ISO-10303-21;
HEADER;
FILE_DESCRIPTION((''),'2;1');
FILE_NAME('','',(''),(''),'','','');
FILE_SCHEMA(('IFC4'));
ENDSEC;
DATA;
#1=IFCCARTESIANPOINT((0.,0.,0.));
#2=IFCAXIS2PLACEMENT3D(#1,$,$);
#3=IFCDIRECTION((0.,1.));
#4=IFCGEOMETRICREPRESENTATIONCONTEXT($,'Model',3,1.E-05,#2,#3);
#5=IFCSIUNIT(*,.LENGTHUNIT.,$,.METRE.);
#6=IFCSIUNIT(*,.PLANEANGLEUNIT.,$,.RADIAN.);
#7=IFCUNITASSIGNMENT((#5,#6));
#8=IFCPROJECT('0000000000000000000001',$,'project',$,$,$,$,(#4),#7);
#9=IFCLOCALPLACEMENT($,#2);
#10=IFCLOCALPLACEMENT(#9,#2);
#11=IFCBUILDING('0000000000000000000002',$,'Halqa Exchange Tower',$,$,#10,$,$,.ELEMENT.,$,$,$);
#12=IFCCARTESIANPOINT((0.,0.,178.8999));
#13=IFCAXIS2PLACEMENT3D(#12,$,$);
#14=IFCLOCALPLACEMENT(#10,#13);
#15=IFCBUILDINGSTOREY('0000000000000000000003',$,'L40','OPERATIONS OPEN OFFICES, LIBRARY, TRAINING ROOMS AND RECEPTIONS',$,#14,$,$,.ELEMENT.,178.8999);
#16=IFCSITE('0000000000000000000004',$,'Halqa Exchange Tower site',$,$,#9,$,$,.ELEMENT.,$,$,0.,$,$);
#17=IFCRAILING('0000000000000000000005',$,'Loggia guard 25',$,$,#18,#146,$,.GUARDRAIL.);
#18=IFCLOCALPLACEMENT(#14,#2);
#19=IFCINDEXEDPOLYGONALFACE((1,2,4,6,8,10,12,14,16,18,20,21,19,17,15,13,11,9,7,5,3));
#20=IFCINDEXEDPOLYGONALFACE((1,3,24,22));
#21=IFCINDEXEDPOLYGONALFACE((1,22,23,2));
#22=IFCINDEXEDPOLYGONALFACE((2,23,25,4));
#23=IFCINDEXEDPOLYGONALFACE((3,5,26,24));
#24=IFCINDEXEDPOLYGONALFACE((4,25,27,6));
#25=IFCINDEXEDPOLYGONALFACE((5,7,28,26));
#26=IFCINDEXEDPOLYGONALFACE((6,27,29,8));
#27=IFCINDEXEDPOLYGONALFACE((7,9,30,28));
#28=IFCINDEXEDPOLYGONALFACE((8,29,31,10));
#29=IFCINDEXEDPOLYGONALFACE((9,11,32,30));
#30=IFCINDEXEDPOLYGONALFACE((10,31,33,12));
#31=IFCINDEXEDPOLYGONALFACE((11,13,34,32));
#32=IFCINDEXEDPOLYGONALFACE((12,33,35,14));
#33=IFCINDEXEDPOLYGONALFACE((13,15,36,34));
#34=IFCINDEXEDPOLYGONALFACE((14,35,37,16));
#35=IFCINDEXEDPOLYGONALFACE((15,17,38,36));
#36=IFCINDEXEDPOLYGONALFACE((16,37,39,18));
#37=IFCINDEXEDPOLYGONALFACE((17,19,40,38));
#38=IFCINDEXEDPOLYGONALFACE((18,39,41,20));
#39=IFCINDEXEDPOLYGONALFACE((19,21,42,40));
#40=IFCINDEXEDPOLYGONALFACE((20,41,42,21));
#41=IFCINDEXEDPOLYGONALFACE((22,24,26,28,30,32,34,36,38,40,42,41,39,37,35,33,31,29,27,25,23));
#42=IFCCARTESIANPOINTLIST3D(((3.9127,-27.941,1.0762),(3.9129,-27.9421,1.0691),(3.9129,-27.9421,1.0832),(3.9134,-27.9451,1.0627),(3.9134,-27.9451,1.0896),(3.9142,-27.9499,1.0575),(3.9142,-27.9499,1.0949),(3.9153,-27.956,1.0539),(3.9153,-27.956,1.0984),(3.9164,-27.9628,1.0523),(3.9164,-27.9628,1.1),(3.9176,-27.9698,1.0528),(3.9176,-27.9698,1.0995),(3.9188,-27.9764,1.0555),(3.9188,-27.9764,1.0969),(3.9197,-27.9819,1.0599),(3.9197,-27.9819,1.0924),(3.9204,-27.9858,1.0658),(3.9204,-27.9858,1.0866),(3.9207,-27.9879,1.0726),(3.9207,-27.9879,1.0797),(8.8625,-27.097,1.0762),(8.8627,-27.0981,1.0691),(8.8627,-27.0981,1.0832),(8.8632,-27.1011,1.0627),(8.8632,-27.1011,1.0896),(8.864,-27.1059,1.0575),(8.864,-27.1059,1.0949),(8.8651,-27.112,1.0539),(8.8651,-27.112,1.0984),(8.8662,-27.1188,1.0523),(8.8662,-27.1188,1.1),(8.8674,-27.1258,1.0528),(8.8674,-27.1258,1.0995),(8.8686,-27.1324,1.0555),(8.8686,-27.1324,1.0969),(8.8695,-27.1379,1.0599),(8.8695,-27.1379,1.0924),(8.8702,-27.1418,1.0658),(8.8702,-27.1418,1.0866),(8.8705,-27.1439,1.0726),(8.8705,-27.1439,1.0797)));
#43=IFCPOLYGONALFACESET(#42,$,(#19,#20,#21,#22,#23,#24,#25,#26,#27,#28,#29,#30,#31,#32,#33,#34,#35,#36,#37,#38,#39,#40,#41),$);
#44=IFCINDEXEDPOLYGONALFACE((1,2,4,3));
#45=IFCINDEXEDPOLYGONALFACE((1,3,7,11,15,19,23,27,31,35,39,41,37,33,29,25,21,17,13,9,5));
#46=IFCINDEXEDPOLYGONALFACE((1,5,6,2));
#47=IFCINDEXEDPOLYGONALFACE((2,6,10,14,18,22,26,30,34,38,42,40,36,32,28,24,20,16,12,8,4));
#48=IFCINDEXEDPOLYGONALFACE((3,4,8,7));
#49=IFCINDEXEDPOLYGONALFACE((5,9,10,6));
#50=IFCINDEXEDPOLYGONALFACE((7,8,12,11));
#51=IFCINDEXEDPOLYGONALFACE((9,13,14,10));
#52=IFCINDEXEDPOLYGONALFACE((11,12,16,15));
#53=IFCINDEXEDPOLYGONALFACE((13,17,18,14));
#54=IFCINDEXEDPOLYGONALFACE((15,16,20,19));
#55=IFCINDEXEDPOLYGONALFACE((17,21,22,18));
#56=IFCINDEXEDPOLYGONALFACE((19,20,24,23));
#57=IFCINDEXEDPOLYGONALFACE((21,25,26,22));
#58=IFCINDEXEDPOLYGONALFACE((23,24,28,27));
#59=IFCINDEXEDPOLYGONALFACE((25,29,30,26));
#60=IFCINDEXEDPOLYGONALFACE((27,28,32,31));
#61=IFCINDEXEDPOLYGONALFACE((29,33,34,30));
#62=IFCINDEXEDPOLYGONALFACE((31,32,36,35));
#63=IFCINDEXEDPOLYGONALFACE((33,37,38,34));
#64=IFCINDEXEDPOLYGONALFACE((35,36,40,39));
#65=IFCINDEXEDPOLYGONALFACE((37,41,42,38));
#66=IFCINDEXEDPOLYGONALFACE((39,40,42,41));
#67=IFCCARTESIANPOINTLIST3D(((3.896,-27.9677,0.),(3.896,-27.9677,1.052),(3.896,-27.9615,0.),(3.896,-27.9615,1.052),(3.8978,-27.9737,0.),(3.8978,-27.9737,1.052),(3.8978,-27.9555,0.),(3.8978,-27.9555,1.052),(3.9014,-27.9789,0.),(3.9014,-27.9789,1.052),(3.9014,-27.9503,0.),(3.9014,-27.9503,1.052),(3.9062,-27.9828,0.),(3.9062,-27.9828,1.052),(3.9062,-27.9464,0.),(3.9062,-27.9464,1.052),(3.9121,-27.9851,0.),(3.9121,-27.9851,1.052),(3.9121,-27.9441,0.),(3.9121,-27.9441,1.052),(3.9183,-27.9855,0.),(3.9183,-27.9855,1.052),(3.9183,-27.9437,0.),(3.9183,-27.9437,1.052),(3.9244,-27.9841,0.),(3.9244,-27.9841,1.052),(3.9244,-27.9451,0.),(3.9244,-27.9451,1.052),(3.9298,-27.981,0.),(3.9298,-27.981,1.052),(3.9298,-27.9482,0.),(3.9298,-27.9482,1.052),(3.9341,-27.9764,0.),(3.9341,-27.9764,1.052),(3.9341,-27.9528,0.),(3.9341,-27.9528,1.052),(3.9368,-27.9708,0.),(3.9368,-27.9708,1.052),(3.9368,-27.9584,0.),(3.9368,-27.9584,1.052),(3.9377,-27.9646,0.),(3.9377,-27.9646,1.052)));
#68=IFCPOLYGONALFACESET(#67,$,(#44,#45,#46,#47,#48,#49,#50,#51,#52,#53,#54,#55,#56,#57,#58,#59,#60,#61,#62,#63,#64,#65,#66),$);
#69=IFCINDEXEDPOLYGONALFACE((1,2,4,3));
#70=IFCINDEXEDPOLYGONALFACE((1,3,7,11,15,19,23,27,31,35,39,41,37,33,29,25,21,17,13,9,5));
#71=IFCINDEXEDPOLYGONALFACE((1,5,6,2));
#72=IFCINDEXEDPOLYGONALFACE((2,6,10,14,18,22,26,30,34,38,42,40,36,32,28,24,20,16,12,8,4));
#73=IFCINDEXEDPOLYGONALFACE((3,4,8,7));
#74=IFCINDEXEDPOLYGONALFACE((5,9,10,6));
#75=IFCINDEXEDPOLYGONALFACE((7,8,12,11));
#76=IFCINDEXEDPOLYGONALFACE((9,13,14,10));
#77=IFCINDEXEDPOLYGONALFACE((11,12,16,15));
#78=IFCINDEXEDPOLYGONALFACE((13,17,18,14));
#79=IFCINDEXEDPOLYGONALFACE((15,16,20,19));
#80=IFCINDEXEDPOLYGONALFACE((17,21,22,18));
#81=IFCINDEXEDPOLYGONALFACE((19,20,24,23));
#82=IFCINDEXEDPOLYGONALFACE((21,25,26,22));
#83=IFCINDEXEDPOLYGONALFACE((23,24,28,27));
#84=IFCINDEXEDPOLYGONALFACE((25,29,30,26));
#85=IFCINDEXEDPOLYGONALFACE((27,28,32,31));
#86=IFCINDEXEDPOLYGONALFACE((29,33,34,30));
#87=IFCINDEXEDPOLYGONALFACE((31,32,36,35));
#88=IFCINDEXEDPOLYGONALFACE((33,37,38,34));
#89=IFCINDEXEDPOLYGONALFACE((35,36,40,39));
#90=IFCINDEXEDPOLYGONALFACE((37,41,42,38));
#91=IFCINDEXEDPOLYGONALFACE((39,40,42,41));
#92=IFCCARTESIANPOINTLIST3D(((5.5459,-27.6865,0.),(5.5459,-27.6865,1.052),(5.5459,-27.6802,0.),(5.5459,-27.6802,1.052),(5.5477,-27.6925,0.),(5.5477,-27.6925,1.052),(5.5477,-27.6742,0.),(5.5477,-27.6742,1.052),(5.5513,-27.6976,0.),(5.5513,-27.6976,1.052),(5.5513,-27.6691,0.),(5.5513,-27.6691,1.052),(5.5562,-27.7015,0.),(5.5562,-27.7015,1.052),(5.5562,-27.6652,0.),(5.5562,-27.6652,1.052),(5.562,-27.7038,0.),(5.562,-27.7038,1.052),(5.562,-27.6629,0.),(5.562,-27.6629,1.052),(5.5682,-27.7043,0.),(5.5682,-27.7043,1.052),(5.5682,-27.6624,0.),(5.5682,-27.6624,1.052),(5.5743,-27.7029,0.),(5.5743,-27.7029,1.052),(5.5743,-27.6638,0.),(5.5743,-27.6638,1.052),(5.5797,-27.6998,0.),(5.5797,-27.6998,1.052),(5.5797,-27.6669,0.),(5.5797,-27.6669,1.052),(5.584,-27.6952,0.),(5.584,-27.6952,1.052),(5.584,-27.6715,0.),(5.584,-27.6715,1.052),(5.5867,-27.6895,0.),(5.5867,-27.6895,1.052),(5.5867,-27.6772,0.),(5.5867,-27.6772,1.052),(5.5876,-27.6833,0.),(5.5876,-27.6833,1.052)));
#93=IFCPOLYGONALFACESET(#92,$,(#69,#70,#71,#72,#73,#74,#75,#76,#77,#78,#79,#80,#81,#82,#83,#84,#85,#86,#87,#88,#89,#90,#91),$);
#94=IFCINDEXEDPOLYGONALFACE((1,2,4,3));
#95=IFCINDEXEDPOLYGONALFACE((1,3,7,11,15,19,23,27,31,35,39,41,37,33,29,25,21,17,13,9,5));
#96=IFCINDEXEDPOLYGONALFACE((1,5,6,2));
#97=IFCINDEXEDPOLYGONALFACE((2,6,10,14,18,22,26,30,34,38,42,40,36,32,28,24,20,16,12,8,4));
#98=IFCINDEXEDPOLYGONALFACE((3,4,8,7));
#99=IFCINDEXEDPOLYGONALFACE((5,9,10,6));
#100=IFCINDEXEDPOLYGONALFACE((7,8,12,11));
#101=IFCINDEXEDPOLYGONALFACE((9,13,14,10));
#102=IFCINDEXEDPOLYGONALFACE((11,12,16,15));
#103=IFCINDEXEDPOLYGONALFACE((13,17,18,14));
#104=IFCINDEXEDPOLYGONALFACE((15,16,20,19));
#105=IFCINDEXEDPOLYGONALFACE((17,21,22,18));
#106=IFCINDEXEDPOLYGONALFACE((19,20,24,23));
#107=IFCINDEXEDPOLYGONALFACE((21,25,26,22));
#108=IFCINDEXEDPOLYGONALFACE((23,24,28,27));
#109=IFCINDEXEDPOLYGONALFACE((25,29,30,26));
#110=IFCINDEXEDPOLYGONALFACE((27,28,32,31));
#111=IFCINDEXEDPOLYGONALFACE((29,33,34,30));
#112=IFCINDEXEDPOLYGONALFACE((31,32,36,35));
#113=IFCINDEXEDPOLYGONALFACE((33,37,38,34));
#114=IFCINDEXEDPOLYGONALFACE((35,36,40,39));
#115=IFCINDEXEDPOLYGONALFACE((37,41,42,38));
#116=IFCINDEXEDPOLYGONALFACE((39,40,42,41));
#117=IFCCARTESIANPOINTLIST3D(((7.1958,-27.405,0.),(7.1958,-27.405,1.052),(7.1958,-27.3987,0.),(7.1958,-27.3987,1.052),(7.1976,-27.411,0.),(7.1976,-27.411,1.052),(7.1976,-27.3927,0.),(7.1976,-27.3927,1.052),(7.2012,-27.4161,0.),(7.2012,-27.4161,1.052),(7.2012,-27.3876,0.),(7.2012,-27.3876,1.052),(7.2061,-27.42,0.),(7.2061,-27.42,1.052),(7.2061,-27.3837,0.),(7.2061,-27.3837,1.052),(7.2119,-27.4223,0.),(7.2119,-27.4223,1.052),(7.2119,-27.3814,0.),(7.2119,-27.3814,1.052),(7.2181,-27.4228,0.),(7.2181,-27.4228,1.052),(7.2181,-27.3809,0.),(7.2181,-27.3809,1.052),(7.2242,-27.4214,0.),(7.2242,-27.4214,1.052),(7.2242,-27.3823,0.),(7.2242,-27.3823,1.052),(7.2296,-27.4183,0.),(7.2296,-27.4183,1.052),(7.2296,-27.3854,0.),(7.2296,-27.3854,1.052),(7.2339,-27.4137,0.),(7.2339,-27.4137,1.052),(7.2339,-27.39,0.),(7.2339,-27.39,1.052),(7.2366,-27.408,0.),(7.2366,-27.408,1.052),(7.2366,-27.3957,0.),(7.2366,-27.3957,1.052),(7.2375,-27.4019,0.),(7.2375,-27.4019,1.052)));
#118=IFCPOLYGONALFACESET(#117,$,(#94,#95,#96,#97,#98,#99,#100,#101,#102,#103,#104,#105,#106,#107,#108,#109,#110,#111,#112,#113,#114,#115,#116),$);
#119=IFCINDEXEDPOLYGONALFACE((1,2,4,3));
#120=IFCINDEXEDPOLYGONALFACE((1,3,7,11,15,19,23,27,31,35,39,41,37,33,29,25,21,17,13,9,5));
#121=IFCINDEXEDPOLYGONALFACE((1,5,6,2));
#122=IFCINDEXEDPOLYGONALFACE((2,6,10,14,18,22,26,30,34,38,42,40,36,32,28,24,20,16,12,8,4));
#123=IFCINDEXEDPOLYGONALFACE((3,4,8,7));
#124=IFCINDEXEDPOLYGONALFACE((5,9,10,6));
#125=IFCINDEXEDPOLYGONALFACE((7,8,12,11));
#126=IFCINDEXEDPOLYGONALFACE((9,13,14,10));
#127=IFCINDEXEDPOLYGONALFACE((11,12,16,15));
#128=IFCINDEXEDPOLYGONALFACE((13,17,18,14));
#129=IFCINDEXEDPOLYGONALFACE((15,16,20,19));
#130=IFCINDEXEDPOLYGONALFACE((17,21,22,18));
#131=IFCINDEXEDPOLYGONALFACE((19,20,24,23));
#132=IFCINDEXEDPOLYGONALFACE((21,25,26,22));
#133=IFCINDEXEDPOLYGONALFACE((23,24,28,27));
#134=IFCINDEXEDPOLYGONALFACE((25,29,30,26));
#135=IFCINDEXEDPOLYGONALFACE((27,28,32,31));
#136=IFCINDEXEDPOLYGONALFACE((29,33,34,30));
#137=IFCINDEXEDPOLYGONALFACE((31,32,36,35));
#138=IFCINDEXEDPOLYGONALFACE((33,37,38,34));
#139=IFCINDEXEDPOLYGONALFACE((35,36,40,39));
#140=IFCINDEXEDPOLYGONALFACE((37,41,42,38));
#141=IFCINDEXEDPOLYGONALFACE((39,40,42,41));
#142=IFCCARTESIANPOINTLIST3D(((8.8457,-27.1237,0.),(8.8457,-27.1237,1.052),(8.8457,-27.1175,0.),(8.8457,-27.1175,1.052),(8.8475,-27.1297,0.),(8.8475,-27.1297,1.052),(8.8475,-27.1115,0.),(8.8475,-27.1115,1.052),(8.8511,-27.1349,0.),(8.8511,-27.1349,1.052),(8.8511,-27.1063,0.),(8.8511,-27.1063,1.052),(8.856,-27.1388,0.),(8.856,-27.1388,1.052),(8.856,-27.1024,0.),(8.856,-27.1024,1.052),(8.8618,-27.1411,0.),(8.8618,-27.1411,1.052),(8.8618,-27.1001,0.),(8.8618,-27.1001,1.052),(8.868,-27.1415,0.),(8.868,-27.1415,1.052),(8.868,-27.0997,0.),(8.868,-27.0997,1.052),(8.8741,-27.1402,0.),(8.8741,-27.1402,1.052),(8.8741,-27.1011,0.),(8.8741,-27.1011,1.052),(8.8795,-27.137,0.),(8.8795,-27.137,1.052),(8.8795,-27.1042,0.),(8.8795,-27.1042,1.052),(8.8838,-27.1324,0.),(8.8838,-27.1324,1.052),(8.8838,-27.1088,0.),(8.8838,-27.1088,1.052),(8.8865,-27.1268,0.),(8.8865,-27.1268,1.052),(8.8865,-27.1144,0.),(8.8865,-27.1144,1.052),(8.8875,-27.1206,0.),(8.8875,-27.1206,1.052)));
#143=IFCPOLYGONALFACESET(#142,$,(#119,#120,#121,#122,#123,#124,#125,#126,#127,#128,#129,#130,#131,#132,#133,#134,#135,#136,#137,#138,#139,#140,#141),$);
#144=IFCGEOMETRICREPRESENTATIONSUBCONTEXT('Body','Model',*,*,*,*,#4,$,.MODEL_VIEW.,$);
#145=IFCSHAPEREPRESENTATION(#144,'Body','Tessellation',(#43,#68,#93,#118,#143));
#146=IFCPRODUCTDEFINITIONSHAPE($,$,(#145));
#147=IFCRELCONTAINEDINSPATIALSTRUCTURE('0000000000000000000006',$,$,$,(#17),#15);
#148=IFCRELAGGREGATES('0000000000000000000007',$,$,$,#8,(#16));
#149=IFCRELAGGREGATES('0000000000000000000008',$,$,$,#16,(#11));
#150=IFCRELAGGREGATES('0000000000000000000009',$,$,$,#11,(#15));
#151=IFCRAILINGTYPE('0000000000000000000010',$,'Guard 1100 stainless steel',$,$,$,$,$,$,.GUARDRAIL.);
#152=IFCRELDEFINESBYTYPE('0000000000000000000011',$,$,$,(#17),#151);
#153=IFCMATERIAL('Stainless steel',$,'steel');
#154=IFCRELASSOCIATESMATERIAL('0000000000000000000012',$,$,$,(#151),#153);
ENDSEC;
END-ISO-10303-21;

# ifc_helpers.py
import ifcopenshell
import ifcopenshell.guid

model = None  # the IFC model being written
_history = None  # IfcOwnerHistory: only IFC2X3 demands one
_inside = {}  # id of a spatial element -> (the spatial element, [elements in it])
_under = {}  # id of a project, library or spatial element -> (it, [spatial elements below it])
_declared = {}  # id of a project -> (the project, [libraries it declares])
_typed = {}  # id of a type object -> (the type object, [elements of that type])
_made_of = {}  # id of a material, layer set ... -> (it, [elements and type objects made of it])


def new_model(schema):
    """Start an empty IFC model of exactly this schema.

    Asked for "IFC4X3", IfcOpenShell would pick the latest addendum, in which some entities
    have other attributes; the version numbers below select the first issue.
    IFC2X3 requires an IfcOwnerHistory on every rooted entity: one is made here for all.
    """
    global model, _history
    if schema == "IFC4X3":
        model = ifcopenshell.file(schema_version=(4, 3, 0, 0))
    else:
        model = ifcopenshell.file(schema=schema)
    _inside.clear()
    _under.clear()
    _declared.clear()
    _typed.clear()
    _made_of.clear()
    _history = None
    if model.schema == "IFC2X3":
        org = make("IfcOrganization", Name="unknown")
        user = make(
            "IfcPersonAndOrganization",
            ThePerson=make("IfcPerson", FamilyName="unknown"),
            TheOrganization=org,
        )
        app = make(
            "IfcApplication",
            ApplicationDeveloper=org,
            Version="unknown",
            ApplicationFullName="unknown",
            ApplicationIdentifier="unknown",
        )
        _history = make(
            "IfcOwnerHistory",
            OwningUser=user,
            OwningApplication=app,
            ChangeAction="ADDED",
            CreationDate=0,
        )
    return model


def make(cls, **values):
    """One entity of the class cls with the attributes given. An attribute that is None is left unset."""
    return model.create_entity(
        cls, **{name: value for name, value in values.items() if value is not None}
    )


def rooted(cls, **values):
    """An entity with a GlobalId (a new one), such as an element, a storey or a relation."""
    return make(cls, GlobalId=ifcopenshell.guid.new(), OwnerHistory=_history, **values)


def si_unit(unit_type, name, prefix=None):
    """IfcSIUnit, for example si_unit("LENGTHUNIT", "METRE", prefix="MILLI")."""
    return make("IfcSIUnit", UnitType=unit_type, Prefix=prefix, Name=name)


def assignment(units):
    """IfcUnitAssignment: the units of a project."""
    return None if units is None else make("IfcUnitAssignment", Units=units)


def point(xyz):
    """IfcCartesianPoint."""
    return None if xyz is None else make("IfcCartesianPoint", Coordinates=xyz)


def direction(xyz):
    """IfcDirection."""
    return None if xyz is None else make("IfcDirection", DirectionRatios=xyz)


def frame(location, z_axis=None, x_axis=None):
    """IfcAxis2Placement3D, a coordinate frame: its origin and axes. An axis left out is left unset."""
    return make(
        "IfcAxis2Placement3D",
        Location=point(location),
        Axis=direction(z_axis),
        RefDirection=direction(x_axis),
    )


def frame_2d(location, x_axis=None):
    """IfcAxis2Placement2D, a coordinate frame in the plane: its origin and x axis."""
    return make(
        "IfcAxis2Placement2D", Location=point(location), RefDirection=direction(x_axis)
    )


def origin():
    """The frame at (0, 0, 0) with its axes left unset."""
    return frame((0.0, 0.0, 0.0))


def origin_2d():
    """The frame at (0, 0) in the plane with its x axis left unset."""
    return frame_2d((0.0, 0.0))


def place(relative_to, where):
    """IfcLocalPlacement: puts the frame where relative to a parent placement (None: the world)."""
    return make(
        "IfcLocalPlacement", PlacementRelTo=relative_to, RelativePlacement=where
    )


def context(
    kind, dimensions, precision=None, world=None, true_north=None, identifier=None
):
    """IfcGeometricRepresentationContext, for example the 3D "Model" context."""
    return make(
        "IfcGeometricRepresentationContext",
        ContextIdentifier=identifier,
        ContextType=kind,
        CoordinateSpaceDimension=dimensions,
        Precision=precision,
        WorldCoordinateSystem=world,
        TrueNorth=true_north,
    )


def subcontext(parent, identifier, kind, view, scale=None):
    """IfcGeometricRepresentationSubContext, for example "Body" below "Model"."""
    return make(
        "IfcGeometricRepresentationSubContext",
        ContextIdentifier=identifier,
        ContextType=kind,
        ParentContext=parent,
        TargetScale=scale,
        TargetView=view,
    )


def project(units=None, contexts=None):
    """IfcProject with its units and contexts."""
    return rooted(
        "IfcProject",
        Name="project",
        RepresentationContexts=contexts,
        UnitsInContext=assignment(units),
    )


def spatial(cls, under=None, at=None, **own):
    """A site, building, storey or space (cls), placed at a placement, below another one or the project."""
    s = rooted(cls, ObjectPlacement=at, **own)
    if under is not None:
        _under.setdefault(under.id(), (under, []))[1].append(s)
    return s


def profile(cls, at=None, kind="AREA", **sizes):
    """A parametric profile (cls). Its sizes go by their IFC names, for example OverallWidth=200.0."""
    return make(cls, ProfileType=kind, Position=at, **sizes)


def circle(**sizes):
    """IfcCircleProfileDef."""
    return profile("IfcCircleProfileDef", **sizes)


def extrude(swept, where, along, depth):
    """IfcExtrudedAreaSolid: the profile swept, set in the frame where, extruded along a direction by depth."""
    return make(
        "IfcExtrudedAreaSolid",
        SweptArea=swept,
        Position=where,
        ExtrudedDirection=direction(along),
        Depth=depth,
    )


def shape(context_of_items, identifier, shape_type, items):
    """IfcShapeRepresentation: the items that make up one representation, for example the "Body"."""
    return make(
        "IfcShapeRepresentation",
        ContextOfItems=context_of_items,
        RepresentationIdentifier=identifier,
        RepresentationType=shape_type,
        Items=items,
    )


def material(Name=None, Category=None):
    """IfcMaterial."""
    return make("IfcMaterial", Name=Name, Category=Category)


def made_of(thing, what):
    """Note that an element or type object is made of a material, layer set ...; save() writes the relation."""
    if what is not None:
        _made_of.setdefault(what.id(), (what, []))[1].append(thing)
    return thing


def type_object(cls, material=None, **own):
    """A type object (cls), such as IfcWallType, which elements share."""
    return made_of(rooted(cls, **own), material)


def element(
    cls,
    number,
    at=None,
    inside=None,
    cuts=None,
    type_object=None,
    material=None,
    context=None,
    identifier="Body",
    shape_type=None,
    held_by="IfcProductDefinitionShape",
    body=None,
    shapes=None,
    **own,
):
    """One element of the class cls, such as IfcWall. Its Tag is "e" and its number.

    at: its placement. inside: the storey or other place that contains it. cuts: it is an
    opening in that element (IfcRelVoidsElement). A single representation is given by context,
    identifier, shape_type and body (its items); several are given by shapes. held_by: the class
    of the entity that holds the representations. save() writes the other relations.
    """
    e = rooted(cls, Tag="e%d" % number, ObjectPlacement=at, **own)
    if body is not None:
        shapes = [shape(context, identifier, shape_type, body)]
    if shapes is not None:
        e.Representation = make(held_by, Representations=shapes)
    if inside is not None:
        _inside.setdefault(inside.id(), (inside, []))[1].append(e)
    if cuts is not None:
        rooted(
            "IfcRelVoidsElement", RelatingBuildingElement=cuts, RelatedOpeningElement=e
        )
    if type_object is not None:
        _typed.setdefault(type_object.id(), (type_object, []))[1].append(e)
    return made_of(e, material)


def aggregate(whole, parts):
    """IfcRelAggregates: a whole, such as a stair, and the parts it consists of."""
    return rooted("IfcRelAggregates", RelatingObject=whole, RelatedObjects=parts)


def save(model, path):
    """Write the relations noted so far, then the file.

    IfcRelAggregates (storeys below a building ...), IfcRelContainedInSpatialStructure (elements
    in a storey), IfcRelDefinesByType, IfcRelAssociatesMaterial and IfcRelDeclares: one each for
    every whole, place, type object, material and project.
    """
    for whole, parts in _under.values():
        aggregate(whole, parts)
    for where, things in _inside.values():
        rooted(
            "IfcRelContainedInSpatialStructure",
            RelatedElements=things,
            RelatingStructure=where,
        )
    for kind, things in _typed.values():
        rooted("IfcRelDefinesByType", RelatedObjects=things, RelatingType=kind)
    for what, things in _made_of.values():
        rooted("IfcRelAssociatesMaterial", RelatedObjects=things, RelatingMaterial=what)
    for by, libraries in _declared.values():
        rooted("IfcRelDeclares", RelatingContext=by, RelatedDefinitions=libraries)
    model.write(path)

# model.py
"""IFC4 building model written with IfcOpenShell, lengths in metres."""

from ifc_helpers import new_model, si_unit, direction, frame, origin, origin_2d, place, context, subcontext, project, spatial, circle, extrude, material, type_object, element, save


model = new_model("IFC4")

# Units and contexts
model_context = context("Model", 3, precision=1e-05, world=origin(), true_north=direction((0.0, 1.0)))
body_context = subcontext(model_context, "Body", "Model", "MODEL_VIEW")
ifc_project = project(units=[si_unit("LENGTHUNIT", "METRE"), si_unit("PLANEANGLEUNIT", "RADIAN")], contexts=[model_context])

# Site, building, storey
site_placement = place(None, origin())
site = spatial("IfcSite", under=ifc_project, at=site_placement, Name="Halqa Exchange Tower site", CompositionType="ELEMENT", RefElevation=0.0)
building_placement = place(site_placement, origin())
building = spatial("IfcBuilding", under=site, at=building_placement, Name="Halqa Exchange Tower", CompositionType="ELEMENT")
storey_placement = place(building_placement, frame((0.0, 0.0, 178.8999)))
storey = spatial("IfcBuildingStorey", under=building, at=storey_placement, Name="L40", Description="OPERATIONS OPEN OFFICES, LIBRARY, TRAINING ROOMS AND RECEPTIONS", CompositionType="ELEMENT", Elevation=178.8999)

# Railing
ifc_material_1 = material(Name="Stainless steel", Category="steel")
railing_type = type_object("IfcRailingType", Name="Guard 1100 stainless steel", PredefinedType="GUARDRAIL", material=ifc_material_1)
railing_1_placement = place(storey_placement, frame((3.9167, -27.9646, 0.0)))
element("IfcRailing", 1, at=railing_1_placement, inside=storey, type_object=railing_type, Name="Loggia guard 25", PredefinedType="GUARDRAIL", context=body_context, shape_type="SweptSolid", body=[
    extrude(circle(Radius=0.0239, at=origin_2d()), frame((0.0, 0.0, 1.0762), z_axis=(0.985772, 0.168088, 0.0), x_axis=(-0.168088, 0.985772, 0.0)), (0.0, 0.0, 1.0), 5.0212),
    extrude(circle(Radius=0.021, at=origin_2d()), origin(), (0.0, 0.0, 1.0), 1.052),
    extrude(circle(Radius=0.021, at=origin_2d()), frame((1.6499, 0.2812, 0.0)), (0.0, 0.0, 1.0), 1.052),
    extrude(circle(Radius=0.021, at=origin_2d()), frame((3.2998, 0.5627, 0.0)), (0.0, 0.0, 1.0), 1.052),
    extrude(circle(Radius=0.021, at=origin_2d()), frame((4.9497, 0.844, 0.0)), (0.0, 0.0, 1.0), 1.052),
])

save(model, "model.ifc")
